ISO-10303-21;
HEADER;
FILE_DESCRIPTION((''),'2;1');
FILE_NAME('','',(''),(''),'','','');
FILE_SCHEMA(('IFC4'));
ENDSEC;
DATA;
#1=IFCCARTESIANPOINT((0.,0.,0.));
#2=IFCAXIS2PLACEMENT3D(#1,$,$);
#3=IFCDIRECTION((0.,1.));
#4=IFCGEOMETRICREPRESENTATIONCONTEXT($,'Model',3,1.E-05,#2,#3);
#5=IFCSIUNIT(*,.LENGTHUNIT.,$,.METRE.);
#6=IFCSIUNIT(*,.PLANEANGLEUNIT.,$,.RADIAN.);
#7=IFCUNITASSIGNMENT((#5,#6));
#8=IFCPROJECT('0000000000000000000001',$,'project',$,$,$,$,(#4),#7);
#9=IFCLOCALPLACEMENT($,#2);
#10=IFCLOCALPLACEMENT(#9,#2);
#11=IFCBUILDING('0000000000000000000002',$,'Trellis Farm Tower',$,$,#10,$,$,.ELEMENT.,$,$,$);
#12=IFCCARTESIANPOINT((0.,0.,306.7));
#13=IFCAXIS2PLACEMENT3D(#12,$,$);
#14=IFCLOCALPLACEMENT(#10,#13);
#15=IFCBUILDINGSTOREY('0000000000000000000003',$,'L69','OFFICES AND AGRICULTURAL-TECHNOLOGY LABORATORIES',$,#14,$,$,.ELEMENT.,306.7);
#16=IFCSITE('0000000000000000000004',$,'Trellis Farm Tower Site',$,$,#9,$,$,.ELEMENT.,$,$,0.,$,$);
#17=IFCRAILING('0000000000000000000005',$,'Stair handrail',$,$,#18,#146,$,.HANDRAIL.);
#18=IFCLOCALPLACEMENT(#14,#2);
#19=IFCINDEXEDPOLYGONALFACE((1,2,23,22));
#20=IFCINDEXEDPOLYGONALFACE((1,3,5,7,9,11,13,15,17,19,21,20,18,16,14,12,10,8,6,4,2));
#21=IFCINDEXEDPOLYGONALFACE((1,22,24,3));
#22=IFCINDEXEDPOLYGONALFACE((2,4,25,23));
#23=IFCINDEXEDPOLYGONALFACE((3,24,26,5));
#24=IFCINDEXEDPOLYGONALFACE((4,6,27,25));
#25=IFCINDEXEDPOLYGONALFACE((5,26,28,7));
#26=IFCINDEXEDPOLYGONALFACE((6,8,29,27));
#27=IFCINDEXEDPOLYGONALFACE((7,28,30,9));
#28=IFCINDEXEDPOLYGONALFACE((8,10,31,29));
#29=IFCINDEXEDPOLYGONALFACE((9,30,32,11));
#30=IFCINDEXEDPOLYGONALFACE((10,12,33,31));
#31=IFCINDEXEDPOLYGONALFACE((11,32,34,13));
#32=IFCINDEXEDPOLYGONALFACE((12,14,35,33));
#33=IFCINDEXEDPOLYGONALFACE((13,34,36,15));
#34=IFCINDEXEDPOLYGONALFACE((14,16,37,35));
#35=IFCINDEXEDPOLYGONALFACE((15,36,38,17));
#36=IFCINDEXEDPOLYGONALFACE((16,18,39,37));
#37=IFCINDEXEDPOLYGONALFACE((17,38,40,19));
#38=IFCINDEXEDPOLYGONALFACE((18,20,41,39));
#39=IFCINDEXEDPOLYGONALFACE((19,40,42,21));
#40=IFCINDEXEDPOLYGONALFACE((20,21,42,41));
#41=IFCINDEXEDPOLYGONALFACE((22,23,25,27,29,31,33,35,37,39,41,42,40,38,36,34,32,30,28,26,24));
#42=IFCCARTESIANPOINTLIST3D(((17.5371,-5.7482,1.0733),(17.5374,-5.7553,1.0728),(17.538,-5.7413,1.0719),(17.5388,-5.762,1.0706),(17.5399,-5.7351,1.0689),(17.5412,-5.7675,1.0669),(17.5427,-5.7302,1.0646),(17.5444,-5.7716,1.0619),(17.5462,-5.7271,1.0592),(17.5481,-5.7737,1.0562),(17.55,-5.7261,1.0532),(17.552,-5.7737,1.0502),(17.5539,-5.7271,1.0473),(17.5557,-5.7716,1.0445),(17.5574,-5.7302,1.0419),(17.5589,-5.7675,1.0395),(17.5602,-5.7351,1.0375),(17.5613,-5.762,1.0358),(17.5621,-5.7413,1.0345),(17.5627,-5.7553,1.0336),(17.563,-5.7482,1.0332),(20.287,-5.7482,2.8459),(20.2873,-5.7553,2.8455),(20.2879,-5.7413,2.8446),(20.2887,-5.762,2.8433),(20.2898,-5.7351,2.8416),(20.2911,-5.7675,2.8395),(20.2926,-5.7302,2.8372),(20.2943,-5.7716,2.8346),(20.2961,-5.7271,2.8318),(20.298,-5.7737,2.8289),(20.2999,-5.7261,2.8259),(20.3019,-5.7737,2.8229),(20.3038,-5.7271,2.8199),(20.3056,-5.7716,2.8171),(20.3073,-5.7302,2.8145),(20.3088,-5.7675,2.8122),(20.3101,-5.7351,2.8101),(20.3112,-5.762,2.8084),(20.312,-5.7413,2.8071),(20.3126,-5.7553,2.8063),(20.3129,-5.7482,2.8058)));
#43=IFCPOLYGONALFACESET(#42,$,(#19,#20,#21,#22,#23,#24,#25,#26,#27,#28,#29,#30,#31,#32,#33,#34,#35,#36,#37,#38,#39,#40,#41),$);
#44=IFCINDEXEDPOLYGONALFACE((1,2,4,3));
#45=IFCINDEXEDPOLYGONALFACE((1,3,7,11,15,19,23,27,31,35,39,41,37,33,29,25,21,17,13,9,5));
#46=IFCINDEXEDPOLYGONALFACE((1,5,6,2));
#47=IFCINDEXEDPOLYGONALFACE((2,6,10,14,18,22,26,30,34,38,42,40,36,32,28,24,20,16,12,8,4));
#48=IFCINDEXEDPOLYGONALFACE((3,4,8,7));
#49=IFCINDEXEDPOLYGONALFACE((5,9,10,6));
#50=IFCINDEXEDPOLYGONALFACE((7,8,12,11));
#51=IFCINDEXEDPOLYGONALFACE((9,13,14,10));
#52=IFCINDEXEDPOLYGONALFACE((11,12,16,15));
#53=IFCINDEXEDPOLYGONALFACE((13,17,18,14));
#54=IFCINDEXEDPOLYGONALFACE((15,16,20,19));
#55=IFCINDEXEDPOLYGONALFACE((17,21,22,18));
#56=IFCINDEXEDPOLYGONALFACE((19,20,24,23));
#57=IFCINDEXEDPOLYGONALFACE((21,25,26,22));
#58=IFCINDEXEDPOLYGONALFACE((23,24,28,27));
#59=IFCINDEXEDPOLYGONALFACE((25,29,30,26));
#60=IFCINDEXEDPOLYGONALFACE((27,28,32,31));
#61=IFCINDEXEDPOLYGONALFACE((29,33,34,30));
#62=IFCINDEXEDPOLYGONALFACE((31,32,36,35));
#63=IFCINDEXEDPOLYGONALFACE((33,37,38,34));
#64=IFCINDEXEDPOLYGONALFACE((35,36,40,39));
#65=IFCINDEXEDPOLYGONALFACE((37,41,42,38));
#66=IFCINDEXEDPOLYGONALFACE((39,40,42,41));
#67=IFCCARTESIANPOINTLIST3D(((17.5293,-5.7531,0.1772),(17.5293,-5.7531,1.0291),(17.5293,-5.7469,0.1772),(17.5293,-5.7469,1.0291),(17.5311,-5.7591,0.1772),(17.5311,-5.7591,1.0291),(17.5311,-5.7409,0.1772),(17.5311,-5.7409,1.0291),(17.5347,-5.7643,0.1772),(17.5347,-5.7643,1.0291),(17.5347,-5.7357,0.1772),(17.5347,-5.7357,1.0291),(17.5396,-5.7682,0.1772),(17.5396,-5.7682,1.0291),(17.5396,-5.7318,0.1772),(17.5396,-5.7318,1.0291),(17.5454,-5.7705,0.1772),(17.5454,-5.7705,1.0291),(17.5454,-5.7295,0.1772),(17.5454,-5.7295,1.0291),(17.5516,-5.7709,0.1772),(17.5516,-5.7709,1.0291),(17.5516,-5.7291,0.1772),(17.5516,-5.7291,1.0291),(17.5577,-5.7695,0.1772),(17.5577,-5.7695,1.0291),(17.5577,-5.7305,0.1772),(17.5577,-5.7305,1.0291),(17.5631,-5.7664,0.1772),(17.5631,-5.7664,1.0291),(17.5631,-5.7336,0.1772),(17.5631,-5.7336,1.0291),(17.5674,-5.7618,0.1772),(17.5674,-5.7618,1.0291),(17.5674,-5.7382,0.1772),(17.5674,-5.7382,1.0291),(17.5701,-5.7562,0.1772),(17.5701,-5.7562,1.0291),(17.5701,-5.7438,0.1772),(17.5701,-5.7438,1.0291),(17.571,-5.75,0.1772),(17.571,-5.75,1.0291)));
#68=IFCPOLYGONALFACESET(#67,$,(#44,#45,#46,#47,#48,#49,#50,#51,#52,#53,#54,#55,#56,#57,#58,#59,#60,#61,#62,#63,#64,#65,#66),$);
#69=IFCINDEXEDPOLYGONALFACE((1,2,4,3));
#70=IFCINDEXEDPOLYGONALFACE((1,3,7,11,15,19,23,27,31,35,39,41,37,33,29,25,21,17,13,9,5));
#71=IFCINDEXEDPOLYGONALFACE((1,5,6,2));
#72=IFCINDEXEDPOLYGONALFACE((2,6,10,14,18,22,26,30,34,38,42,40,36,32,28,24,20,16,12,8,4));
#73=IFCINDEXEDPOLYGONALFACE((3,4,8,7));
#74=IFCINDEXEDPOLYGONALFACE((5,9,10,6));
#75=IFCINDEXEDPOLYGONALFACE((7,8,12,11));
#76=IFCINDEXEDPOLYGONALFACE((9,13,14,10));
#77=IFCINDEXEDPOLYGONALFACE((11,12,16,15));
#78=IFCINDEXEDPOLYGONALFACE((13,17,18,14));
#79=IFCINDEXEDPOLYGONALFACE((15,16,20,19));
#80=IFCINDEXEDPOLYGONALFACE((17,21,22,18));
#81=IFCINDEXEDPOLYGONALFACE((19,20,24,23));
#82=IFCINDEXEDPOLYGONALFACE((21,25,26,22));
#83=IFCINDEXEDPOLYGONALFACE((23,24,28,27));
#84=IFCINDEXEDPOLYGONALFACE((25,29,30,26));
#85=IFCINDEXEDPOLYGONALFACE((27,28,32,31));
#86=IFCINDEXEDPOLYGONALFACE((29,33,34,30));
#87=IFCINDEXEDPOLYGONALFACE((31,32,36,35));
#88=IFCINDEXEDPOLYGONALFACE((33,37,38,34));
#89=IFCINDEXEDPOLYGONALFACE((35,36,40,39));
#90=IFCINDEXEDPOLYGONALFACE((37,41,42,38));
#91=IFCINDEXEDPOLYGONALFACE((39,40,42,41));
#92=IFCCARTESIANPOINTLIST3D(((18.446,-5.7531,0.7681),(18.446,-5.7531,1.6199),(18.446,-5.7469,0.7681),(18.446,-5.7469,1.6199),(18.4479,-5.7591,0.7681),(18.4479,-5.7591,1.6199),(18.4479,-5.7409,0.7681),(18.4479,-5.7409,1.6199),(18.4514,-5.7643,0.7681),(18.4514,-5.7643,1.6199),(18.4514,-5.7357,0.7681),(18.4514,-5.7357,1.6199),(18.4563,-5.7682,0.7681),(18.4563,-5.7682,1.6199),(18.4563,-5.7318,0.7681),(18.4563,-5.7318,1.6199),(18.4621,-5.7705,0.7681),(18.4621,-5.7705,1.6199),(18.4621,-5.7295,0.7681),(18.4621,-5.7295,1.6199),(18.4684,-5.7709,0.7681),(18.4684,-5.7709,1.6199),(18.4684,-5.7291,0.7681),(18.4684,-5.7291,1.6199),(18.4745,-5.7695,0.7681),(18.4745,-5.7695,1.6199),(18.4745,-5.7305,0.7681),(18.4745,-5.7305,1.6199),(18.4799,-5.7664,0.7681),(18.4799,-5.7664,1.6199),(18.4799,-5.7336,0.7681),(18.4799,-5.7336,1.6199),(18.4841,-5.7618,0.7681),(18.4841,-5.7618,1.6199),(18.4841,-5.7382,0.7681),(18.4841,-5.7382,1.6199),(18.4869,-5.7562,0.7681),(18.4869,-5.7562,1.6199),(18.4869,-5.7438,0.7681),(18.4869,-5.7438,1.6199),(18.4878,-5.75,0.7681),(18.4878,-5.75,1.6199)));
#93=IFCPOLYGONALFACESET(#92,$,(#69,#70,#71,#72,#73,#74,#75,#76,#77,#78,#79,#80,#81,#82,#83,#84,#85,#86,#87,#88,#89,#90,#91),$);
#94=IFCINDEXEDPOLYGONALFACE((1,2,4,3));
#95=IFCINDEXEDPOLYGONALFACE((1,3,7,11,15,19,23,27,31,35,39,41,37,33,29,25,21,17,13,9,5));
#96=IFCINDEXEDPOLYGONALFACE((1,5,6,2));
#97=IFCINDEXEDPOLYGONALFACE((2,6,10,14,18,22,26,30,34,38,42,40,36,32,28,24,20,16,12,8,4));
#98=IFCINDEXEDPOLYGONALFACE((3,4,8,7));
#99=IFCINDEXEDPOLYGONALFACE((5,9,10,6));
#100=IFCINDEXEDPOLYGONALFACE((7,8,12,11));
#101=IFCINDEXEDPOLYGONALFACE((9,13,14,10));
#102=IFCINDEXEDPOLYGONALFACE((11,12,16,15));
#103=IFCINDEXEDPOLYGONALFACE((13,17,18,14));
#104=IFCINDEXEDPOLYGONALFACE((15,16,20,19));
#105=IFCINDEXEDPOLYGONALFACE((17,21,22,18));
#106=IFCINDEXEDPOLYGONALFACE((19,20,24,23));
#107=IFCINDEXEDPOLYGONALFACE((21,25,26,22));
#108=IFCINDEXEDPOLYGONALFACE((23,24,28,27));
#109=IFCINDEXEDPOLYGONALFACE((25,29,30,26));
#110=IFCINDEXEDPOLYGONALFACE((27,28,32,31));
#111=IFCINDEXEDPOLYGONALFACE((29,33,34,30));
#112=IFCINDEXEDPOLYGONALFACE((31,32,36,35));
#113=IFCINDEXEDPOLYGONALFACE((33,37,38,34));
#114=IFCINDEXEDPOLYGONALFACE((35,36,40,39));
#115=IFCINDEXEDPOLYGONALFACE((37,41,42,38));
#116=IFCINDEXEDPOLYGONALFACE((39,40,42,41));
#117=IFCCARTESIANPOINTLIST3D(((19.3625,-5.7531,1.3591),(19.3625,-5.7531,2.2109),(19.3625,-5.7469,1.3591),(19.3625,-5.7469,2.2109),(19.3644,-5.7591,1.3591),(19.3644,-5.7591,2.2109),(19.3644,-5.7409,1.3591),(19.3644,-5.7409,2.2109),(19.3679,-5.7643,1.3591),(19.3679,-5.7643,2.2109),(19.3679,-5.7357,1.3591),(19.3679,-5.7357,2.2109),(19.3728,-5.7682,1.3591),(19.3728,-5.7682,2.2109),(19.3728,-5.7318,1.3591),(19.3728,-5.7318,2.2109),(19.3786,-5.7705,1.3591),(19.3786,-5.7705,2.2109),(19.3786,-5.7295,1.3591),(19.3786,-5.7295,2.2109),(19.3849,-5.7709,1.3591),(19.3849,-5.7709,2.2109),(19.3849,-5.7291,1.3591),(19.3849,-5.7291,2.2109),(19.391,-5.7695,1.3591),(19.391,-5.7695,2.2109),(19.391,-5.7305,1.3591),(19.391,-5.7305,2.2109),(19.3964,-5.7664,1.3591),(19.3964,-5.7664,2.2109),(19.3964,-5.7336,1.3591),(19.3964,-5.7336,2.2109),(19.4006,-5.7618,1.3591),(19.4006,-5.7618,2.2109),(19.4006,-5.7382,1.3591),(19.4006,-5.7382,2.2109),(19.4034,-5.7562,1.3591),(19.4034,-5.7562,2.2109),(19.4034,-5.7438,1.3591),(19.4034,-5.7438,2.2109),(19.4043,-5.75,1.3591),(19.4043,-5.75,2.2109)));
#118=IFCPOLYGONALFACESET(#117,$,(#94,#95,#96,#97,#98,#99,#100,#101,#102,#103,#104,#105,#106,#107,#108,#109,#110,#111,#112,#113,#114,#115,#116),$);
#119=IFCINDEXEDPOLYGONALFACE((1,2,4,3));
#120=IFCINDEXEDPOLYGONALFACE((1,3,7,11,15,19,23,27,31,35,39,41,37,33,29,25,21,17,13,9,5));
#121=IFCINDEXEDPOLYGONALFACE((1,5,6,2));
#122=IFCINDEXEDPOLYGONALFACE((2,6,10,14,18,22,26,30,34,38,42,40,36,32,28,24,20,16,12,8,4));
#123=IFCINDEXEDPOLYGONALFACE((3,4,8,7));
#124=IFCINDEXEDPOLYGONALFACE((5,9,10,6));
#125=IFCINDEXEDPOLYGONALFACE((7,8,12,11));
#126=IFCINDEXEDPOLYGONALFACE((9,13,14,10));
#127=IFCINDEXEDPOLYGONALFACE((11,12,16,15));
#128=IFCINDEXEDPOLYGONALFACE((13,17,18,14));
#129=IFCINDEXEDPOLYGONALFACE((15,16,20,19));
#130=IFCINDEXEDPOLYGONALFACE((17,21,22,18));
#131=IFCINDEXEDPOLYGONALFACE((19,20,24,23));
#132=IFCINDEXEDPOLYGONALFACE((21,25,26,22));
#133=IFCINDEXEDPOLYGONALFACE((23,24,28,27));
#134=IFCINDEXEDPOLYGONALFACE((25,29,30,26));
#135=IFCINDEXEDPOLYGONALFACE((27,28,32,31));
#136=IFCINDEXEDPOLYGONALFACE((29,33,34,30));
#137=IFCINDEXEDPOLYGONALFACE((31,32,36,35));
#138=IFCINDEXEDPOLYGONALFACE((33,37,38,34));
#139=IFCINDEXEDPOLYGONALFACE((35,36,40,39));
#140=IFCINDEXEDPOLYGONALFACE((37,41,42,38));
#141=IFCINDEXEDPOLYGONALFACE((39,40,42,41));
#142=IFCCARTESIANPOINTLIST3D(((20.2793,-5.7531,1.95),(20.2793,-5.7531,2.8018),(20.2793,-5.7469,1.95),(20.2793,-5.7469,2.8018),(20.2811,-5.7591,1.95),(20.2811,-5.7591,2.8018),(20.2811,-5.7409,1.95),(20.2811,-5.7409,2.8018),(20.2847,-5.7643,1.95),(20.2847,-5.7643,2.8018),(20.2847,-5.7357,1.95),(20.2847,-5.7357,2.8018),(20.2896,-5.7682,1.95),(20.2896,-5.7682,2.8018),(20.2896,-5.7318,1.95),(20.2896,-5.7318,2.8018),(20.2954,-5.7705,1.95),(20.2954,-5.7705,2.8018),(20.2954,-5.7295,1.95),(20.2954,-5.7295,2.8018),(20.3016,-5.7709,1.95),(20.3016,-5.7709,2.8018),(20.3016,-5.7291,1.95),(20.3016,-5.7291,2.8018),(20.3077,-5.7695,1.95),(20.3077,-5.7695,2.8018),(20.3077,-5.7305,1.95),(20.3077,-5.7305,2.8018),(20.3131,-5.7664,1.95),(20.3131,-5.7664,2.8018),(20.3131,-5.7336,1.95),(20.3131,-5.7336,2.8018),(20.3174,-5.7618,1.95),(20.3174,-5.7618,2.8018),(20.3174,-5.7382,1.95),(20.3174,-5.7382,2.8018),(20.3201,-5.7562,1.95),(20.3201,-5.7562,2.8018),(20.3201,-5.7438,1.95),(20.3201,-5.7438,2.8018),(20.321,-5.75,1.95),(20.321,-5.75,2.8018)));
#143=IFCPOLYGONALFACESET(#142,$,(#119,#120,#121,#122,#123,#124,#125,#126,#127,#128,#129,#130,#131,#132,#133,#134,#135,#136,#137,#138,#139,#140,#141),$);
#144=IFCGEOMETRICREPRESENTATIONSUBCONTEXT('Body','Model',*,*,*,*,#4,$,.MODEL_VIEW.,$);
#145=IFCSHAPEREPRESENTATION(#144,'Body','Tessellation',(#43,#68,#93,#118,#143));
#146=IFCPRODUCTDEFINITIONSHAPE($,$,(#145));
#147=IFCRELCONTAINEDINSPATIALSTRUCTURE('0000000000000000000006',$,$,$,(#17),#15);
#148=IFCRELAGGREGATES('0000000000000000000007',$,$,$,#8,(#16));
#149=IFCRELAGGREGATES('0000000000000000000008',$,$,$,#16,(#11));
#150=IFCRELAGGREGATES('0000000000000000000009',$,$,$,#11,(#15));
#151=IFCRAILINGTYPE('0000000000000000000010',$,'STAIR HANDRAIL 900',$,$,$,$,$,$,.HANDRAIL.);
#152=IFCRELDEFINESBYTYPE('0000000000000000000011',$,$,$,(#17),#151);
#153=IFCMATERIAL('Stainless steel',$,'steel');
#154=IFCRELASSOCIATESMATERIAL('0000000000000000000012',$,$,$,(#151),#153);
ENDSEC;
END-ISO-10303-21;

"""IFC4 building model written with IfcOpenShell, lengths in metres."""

from ifc_helpers import new_model, si_unit, direction, frame, origin, origin_2d, place, context, subcontext, project, spatial, circle, extrude, source, transform, mapped, material, type_object, element, save


model = new_model("IFC4")

# Units and contexts
model_context = context("Model", 3, precision=1e-05, world=origin(), true_north=direction((0.0, 1.0)))
body_context = subcontext(model_context, "Body", "Model", "MODEL_VIEW")
ifc_project = project(units=[si_unit("LENGTHUNIT", "METRE"), si_unit("PLANEANGLEUNIT", "RADIAN")], contexts=[model_context])

# Site, building, storey
site_placement = place(None, origin())
site = spatial("IfcSite", under=ifc_project, at=site_placement, Name="Trellis Farm Tower Site", CompositionType="ELEMENT", RefElevation=0.0)
building_placement = place(site_placement, origin())
building = spatial("IfcBuilding", under=site, at=building_placement, Name="Trellis Farm Tower", CompositionType="ELEMENT")
storey_placement = place(building_placement, frame((0.0, 0.0, 306.7)))
storey = spatial("IfcBuildingStorey", under=building, at=storey_placement, Name="L69", Description="OFFICES AND AGRICULTURAL-TECHNOLOGY LABORATORIES", CompositionType="ELEMENT", Elevation=306.7)

# Railing
ifc_material_1 = material(Name="Stainless steel", Category="steel")
railing_type = type_object("IfcRailingType", Name="STAIR HANDRAIL 900", PredefinedType="HANDRAIL", material=ifc_material_1)
shared_shape_1 = source(origin(), body_context, "Body", "SweptSolid", [
    extrude(circle(Radius=0.0239, at=origin_2d()), frame((0.0, 0.0, 0.876), z_axis=(0.840504, 0.0, 0.541806), x_axis=(0.0, 1.0, 0.0)), (0.0, 0.0, 1.0), 3.2717),
    extrude(circle(Radius=0.021, at=origin_2d()), origin(), (0.0, 0.0, 1.0), 0.8518),
    extrude(circle(Radius=0.021, at=origin_2d()), frame((0.9167, 0.0, 0.5908)), (0.0, 0.0, 1.0), 0.8518),
    extrude(circle(Radius=0.021, at=origin_2d()), frame((1.8333, 0.0, 1.1819)), (0.0, 0.0, 1.0), 0.8518),
    extrude(circle(Radius=0.021, at=origin_2d()), frame((2.75, 0.0, 1.7727)), (0.0, 0.0, 1.0), 0.8518),
])
for number, where, name in (
    (1, (17.55, -5.75, 0.1772), "Stair handrail"),
):
    element("IfcRailing", number, at=place(storey_placement, frame(where)), inside=storey, type_object=railing_type, Name=name, PredefinedType="HANDRAIL", context=body_context, shape_type="MappedRepresentation", body=[
        mapped(shared_shape_1, transform((0.0, 0.0, 0.0))),
    ])

save(model, "model.ifc")
